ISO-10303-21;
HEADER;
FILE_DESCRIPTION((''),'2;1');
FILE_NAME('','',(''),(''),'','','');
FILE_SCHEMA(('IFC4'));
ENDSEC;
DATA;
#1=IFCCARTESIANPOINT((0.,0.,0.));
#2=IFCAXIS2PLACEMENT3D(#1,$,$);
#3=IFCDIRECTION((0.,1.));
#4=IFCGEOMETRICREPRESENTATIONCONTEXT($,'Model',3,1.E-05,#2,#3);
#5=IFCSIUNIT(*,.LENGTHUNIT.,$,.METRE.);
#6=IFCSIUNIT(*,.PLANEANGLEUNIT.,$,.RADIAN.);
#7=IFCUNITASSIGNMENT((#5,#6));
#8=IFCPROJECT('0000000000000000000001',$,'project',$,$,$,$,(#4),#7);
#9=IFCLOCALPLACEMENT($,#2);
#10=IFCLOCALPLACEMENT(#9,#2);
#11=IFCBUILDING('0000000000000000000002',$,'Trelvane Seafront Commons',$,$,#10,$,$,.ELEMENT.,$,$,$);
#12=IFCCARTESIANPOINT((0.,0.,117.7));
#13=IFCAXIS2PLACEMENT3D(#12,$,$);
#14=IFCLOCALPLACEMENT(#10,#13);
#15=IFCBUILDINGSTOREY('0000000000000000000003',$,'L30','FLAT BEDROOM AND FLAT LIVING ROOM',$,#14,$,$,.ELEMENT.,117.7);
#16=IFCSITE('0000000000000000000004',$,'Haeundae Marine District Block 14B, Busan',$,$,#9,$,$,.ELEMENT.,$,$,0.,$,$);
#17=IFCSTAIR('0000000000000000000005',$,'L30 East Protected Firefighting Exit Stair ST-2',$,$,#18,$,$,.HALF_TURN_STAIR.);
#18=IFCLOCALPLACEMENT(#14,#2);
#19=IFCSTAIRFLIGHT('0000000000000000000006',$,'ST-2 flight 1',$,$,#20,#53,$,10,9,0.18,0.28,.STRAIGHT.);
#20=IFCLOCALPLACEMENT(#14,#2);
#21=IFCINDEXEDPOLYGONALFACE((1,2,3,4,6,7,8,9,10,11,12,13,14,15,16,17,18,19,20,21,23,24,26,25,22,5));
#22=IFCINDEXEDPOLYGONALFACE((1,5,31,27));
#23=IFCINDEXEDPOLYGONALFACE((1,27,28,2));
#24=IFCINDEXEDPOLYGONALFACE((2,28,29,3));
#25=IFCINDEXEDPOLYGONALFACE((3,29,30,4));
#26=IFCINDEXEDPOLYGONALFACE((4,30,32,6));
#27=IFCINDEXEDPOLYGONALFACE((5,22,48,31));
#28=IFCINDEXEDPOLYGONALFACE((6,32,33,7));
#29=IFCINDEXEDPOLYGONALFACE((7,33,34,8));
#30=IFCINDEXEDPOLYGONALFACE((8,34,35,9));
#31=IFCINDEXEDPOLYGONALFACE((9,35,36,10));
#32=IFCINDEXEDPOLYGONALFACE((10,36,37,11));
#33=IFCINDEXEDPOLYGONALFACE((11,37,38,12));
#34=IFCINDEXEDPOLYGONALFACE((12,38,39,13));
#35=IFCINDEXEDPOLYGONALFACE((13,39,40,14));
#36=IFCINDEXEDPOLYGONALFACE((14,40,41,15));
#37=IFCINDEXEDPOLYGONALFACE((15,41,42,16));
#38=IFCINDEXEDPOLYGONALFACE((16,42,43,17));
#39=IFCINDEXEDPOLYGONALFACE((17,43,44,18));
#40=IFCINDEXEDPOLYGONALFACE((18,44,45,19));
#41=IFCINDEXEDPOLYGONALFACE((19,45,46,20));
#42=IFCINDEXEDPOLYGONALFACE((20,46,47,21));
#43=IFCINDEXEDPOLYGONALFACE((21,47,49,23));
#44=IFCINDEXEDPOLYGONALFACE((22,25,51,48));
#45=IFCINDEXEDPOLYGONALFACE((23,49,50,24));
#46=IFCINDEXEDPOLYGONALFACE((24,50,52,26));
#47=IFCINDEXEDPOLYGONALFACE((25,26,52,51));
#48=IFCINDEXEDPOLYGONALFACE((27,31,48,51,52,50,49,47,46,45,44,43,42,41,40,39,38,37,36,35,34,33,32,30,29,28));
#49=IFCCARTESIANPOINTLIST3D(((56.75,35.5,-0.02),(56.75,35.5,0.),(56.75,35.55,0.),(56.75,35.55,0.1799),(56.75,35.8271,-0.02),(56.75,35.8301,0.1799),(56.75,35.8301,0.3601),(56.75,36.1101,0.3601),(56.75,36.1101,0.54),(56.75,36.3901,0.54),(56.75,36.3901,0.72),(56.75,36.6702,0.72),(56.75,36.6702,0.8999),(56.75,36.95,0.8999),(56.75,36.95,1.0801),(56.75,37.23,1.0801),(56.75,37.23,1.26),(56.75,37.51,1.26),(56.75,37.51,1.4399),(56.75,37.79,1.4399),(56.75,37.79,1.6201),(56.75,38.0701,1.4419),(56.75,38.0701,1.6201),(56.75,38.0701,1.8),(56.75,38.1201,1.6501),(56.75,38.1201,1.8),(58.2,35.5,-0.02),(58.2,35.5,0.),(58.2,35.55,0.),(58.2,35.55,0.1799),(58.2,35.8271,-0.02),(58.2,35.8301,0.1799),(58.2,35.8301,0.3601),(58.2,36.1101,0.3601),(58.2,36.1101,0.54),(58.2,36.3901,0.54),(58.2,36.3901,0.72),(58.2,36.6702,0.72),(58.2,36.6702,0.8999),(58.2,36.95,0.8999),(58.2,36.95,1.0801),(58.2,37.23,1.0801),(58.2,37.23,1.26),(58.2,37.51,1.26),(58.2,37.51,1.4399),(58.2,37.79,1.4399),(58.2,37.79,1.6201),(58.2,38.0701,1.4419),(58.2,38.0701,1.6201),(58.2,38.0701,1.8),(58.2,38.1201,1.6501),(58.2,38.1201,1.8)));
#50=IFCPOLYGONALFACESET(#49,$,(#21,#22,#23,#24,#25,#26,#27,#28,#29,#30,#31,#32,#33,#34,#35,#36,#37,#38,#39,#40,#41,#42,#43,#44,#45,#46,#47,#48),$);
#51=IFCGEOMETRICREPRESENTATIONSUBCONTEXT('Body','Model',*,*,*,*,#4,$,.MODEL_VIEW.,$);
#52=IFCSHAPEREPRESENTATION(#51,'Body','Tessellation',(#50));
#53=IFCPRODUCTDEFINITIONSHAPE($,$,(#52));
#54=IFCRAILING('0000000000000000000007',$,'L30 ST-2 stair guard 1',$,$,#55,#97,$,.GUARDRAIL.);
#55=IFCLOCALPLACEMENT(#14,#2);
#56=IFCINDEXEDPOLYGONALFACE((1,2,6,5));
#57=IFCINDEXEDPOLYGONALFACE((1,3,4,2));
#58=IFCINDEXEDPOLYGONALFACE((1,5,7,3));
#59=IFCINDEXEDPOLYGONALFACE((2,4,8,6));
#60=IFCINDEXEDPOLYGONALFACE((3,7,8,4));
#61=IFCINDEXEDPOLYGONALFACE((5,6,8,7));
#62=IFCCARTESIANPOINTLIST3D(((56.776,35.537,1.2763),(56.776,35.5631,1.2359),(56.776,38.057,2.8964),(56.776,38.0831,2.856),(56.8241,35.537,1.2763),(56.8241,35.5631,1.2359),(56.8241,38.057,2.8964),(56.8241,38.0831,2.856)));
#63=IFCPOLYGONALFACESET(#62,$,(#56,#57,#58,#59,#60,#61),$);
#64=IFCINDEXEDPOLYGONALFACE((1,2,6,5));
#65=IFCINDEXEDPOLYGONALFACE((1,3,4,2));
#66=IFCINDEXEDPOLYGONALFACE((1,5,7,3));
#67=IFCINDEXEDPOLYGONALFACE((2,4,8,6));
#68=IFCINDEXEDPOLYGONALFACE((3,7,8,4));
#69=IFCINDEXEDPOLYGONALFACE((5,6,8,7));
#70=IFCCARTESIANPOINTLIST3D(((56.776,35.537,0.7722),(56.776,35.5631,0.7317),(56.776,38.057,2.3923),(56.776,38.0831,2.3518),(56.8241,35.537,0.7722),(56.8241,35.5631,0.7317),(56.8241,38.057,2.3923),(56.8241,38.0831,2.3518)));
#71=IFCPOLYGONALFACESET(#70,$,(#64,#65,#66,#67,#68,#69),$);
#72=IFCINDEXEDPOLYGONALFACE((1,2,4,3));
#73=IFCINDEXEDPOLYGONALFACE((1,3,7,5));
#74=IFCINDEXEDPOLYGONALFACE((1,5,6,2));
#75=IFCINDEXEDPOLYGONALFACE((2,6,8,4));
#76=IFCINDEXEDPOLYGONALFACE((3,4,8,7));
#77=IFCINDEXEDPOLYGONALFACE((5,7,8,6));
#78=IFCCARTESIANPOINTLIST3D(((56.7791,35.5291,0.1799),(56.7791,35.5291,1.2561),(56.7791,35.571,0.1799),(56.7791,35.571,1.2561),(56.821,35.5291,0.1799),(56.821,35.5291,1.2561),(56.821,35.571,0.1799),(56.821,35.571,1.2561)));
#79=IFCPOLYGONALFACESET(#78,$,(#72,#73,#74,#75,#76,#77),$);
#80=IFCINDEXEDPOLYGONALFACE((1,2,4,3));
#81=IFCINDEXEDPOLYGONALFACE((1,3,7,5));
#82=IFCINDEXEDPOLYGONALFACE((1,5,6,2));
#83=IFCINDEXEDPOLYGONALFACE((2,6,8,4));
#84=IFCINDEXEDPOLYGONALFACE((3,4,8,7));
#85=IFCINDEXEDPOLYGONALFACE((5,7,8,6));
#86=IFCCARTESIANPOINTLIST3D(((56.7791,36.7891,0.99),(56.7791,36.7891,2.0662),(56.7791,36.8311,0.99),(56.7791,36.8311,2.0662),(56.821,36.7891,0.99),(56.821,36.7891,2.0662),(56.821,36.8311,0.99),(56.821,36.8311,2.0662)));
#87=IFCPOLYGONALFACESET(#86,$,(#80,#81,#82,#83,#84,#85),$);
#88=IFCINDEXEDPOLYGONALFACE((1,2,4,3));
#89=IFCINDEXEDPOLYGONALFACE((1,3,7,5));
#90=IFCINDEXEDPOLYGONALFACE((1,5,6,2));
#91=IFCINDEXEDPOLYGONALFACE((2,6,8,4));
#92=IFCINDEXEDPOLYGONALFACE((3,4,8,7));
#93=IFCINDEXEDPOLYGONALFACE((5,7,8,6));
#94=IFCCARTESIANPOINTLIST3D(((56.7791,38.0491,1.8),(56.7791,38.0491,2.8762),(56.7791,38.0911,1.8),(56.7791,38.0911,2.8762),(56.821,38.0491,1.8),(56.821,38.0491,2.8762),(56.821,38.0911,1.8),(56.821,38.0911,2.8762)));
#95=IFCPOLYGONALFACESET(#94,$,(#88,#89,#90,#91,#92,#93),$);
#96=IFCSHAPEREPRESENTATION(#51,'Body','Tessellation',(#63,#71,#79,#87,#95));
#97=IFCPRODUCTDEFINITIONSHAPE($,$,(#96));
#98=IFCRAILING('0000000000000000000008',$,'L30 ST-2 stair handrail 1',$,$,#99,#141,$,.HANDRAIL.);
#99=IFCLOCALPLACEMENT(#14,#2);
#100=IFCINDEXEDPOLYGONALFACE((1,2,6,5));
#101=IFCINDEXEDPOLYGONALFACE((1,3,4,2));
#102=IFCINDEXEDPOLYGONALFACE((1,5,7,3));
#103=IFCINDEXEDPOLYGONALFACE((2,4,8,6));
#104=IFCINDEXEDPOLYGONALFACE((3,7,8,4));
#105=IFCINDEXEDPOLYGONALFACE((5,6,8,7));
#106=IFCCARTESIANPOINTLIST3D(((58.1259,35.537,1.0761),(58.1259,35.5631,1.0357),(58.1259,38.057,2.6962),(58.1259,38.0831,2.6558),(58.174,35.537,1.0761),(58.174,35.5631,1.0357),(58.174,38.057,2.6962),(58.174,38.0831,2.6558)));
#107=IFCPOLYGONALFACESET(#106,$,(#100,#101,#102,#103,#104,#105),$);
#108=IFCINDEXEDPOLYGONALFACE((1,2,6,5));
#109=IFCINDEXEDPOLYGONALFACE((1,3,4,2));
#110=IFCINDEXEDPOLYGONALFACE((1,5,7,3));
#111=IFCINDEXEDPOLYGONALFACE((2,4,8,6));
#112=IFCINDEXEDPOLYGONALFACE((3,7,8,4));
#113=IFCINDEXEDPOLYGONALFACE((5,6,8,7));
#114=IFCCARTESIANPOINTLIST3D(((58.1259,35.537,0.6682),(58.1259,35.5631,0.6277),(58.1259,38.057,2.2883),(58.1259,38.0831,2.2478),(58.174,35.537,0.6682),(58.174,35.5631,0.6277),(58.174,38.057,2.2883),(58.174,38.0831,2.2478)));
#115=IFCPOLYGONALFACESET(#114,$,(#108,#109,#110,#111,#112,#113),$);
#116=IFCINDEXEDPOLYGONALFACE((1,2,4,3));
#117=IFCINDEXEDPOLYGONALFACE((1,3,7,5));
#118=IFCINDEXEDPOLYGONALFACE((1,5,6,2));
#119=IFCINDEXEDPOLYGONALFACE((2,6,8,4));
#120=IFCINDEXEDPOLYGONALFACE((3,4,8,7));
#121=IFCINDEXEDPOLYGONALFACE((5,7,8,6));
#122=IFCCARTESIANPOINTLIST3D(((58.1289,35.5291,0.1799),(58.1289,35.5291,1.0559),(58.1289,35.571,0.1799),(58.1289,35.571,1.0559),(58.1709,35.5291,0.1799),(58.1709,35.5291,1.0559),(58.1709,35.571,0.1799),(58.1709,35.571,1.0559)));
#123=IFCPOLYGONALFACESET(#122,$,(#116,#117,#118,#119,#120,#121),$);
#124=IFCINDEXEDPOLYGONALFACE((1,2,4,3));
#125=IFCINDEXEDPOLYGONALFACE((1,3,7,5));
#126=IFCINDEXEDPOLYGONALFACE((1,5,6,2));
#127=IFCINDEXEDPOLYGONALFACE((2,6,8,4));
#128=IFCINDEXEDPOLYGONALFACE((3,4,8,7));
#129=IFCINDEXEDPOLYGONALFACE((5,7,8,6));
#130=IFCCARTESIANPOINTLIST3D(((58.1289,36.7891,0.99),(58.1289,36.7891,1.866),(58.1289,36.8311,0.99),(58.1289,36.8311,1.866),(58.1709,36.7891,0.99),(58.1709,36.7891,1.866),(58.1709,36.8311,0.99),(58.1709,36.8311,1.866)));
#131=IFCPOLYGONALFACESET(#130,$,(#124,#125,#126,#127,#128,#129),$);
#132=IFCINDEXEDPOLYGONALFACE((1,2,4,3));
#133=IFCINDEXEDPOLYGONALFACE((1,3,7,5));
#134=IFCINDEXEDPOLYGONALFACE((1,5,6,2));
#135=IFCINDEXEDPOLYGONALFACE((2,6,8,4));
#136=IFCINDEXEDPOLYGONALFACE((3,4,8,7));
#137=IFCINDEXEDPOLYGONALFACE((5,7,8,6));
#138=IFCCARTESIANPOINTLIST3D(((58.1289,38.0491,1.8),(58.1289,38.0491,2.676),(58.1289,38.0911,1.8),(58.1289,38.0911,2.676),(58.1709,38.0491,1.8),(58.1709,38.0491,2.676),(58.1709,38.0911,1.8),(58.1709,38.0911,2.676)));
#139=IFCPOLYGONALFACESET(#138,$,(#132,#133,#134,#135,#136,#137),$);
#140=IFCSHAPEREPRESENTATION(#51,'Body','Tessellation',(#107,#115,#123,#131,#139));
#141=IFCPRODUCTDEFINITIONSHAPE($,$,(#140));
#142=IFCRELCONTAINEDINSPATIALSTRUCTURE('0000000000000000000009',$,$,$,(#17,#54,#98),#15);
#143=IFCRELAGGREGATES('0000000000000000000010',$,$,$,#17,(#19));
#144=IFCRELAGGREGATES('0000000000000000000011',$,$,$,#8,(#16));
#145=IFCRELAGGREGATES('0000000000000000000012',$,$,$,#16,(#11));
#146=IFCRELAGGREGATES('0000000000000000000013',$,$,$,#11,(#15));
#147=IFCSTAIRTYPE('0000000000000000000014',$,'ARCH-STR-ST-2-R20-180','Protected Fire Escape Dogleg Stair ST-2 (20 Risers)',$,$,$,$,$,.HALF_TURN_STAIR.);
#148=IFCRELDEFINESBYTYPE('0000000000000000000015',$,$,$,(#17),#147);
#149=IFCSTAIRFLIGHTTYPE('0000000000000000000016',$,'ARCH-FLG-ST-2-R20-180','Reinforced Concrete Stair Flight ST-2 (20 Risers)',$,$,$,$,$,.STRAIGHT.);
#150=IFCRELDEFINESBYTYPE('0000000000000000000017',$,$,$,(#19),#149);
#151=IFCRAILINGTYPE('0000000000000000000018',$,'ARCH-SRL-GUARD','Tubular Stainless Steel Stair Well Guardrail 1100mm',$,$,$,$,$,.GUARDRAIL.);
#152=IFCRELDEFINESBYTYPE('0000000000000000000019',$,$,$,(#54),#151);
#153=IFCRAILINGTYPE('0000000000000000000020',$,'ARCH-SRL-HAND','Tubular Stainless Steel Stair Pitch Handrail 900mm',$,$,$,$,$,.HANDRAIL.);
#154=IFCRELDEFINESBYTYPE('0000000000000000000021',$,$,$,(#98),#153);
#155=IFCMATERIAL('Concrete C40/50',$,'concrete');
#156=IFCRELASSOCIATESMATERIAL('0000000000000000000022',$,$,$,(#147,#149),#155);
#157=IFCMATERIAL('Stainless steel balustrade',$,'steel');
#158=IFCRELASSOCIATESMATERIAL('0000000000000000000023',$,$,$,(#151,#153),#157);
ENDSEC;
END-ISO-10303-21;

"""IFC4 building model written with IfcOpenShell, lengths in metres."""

from ifc_helpers import new_model, si_unit, direction, frame, origin, origin_2d, place, context, subcontext, project, spatial, polyline, rectangle, outline, extrude, source, transform, mapped, material, type_object, element, aggregate, save


model = new_model("IFC4")

# Units and contexts
model_context = context("Model", 3, precision=1e-05, world=origin(), true_north=direction((0.0, 1.0)))
body_context = subcontext(model_context, "Body", "Model", "MODEL_VIEW")
ifc_project = project(units=[si_unit("LENGTHUNIT", "METRE"), si_unit("PLANEANGLEUNIT", "RADIAN")], contexts=[model_context])

# Site, building, storey
site_placement = place(None, origin())
site = spatial("IfcSite", under=ifc_project, at=site_placement, Name="Haeundae Marine District Block 14B, Busan", CompositionType="ELEMENT", RefElevation=0.0)
building_placement = place(site_placement, origin())
building = spatial("IfcBuilding", under=site, at=building_placement, Name="Trelvane Seafront Commons", CompositionType="ELEMENT")
storey_placement = place(building_placement, frame((0.0, 0.0, 117.7)))
storey = spatial("IfcBuildingStorey", under=building, at=storey_placement, Name="L30", Description="FLAT BEDROOM AND FLAT LIVING ROOM", CompositionType="ELEMENT", Elevation=117.7)

# Stair, stair flight
ifc_material_1 = material(Name="Concrete C40/50", Category="concrete")
stair_type = type_object("IfcStairType", Name="ARCH-STR-ST-2-R20-180", Description="Protected Fire Escape Dogleg Stair ST-2 (20 Risers)", PredefinedType="HALF_TURN_STAIR", material=ifc_material_1)
stair_placement = place(storey_placement, origin())
stair = element("IfcStair", 1, at=stair_placement, inside=storey, type_object=stair_type, Name="L30 East Protected Firefighting Exit Stair ST-2", PredefinedType="HALF_TURN_STAIR")
stair_flight_type = type_object("IfcStairFlightType", Name="ARCH-FLG-ST-2-R20-180", Description="Reinforced Concrete Stair Flight ST-2 (20 Risers)", PredefinedType="STRAIGHT", material=ifc_material_1)
shared_shape_1 = source(origin(), body_context, "Body", "SweptSolid", [
    extrude(outline(polyline([(-0.05, -0.02), (-0.05, 0.0), (0.0, 0.0), (0.0, 0.1799), (0.28, 0.1799), (0.28, 0.3601), (0.5601, 0.3601), (0.5601, 0.54), (0.8401, 0.54), (0.8401, 0.72), (1.1201, 0.72), (1.1201, 0.8999), (1.3999, 0.8999), (1.3999, 1.0801), (1.6799, 1.0801), (1.6799, 1.26), (1.96, 1.26), (1.96, 1.4399), (2.24, 1.4399), (2.24, 1.6201), (2.52, 1.6201), (2.52, 1.8), (2.5701, 1.8), (2.5701, 1.6501), (2.52, 1.4419), (0.2771, -0.02), (-0.05, -0.02)])), frame((0.0, 0.7251, 0.0), z_axis=(0.0, -1.0, 0.0), x_axis=(1.0, 0.0, 0.0)), (0.0, 0.0, 1.0), 1.45),
])
stair_flight_placement = place(storey_placement, frame((57.4751, 35.55, 0.0), z_axis=(0.0, 0.0, 1.0), x_axis=(0.0, 1.0, 0.0)))
stair_flight = element("IfcStairFlight", 2, at=stair_flight_placement, type_object=stair_flight_type, Name="ST-2 flight 1", NumberOfRisers=10, NumberOfTreads=9, PredefinedType="STRAIGHT", RiserHeight=0.18, TreadLength=0.28, context=body_context, shape_type="MappedRepresentation", body=[
    mapped(shared_shape_1, transform((0.0, 0.0, 0.0), x_axis=(1.0, 0.0, 0.0), y_axis=(0.0, 1.0, 0.0), z_axis=(0.0, 0.0, 1.0), scale=1.0)),
])
aggregate(stair, [stair_flight])

# Railings
ifc_material_2 = material(Name="Stainless steel balustrade", Category="steel")
railing_type_1 = type_object("IfcRailingType", Name="ARCH-SRL-GUARD", Description="Tubular Stainless Steel Stair Well Guardrail 1100mm", PredefinedType="GUARDRAIL", material=ifc_material_2)
railing_1_placement = place(storey_placement, frame((56.8, 35.55, 0.1799)))
element("IfcRailing", 3, at=railing_1_placement, inside=storey, type_object=railing_type_1, Name="L30 ST-2 stair guard 1", PredefinedType="GUARDRAIL", context=body_context, shape_type="SweptSolid", body=[
    extrude(rectangle(XDim=0.0481, YDim=0.0481, at=origin_2d()), frame((0.0, 0.0, 1.0762), z_axis=(0.0, 0.841163, 0.540782), x_axis=(-1.0, 0.0, 0.0)), (0.0, 0.0, 1.0), 2.9958),
    extrude(rectangle(XDim=0.0481, YDim=0.0481, at=origin_2d()), frame((0.0, 0.0, 0.572), z_axis=(0.0, 0.841163, 0.540782), x_axis=(-1.0, 0.0, 0.0)), (0.0, 0.0, 1.0), 2.9958),
    extrude(rectangle(XDim=0.042, YDim=0.042, at=origin_2d()), origin(), (0.0, 0.0, 1.0), 1.0762),
    extrude(rectangle(XDim=0.042, YDim=0.042, at=origin_2d()), frame((0.0, 1.26, 0.8101)), (0.0, 0.0, 1.0), 1.0762),
    extrude(rectangle(XDim=0.042, YDim=0.042, at=origin_2d()), frame((0.0, 2.52, 1.6201)), (0.0, 0.0, 1.0), 1.0762),
])
railing_type_2 = type_object("IfcRailingType", Name="ARCH-SRL-HAND", Description="Tubular Stainless Steel Stair Pitch Handrail 900mm", PredefinedType="HANDRAIL", material=ifc_material_2)
railing_2_placement = place(storey_placement, frame((58.1499, 35.55, 0.1799)))
element("IfcRailing", 4, at=railing_2_placement, inside=storey, type_object=railing_type_2, Name="L30 ST-2 stair handrail 1", PredefinedType="HANDRAIL", context=body_context, shape_type="SweptSolid", body=[
    extrude(rectangle(XDim=0.0481, YDim=0.0481, at=origin_2d()), frame((0.0, 0.0, 0.876), z_axis=(0.0, 0.841163, 0.540782), x_axis=(-1.0, 0.0, 0.0)), (0.0, 0.0, 1.0), 2.9958),
    extrude(rectangle(XDim=0.0481, YDim=0.0481, at=origin_2d()), frame((0.0, 0.0, 0.468), z_axis=(0.0, 0.841163, 0.540782), x_axis=(-1.0, 0.0, 0.0)), (0.0, 0.0, 1.0), 2.9958),
    extrude(rectangle(XDim=0.042, YDim=0.042, at=origin_2d()), origin(), (0.0, 0.0, 1.0), 0.876),
    extrude(rectangle(XDim=0.042, YDim=0.042, at=origin_2d()), frame((0.0, 1.26, 0.8101)), (0.0, 0.0, 1.0), 0.876),
    extrude(rectangle(XDim=0.042, YDim=0.042, at=origin_2d()), frame((0.0, 2.52, 1.6201)), (0.0, 0.0, 1.0), 0.876),
])

save(model, "model.ifc")
